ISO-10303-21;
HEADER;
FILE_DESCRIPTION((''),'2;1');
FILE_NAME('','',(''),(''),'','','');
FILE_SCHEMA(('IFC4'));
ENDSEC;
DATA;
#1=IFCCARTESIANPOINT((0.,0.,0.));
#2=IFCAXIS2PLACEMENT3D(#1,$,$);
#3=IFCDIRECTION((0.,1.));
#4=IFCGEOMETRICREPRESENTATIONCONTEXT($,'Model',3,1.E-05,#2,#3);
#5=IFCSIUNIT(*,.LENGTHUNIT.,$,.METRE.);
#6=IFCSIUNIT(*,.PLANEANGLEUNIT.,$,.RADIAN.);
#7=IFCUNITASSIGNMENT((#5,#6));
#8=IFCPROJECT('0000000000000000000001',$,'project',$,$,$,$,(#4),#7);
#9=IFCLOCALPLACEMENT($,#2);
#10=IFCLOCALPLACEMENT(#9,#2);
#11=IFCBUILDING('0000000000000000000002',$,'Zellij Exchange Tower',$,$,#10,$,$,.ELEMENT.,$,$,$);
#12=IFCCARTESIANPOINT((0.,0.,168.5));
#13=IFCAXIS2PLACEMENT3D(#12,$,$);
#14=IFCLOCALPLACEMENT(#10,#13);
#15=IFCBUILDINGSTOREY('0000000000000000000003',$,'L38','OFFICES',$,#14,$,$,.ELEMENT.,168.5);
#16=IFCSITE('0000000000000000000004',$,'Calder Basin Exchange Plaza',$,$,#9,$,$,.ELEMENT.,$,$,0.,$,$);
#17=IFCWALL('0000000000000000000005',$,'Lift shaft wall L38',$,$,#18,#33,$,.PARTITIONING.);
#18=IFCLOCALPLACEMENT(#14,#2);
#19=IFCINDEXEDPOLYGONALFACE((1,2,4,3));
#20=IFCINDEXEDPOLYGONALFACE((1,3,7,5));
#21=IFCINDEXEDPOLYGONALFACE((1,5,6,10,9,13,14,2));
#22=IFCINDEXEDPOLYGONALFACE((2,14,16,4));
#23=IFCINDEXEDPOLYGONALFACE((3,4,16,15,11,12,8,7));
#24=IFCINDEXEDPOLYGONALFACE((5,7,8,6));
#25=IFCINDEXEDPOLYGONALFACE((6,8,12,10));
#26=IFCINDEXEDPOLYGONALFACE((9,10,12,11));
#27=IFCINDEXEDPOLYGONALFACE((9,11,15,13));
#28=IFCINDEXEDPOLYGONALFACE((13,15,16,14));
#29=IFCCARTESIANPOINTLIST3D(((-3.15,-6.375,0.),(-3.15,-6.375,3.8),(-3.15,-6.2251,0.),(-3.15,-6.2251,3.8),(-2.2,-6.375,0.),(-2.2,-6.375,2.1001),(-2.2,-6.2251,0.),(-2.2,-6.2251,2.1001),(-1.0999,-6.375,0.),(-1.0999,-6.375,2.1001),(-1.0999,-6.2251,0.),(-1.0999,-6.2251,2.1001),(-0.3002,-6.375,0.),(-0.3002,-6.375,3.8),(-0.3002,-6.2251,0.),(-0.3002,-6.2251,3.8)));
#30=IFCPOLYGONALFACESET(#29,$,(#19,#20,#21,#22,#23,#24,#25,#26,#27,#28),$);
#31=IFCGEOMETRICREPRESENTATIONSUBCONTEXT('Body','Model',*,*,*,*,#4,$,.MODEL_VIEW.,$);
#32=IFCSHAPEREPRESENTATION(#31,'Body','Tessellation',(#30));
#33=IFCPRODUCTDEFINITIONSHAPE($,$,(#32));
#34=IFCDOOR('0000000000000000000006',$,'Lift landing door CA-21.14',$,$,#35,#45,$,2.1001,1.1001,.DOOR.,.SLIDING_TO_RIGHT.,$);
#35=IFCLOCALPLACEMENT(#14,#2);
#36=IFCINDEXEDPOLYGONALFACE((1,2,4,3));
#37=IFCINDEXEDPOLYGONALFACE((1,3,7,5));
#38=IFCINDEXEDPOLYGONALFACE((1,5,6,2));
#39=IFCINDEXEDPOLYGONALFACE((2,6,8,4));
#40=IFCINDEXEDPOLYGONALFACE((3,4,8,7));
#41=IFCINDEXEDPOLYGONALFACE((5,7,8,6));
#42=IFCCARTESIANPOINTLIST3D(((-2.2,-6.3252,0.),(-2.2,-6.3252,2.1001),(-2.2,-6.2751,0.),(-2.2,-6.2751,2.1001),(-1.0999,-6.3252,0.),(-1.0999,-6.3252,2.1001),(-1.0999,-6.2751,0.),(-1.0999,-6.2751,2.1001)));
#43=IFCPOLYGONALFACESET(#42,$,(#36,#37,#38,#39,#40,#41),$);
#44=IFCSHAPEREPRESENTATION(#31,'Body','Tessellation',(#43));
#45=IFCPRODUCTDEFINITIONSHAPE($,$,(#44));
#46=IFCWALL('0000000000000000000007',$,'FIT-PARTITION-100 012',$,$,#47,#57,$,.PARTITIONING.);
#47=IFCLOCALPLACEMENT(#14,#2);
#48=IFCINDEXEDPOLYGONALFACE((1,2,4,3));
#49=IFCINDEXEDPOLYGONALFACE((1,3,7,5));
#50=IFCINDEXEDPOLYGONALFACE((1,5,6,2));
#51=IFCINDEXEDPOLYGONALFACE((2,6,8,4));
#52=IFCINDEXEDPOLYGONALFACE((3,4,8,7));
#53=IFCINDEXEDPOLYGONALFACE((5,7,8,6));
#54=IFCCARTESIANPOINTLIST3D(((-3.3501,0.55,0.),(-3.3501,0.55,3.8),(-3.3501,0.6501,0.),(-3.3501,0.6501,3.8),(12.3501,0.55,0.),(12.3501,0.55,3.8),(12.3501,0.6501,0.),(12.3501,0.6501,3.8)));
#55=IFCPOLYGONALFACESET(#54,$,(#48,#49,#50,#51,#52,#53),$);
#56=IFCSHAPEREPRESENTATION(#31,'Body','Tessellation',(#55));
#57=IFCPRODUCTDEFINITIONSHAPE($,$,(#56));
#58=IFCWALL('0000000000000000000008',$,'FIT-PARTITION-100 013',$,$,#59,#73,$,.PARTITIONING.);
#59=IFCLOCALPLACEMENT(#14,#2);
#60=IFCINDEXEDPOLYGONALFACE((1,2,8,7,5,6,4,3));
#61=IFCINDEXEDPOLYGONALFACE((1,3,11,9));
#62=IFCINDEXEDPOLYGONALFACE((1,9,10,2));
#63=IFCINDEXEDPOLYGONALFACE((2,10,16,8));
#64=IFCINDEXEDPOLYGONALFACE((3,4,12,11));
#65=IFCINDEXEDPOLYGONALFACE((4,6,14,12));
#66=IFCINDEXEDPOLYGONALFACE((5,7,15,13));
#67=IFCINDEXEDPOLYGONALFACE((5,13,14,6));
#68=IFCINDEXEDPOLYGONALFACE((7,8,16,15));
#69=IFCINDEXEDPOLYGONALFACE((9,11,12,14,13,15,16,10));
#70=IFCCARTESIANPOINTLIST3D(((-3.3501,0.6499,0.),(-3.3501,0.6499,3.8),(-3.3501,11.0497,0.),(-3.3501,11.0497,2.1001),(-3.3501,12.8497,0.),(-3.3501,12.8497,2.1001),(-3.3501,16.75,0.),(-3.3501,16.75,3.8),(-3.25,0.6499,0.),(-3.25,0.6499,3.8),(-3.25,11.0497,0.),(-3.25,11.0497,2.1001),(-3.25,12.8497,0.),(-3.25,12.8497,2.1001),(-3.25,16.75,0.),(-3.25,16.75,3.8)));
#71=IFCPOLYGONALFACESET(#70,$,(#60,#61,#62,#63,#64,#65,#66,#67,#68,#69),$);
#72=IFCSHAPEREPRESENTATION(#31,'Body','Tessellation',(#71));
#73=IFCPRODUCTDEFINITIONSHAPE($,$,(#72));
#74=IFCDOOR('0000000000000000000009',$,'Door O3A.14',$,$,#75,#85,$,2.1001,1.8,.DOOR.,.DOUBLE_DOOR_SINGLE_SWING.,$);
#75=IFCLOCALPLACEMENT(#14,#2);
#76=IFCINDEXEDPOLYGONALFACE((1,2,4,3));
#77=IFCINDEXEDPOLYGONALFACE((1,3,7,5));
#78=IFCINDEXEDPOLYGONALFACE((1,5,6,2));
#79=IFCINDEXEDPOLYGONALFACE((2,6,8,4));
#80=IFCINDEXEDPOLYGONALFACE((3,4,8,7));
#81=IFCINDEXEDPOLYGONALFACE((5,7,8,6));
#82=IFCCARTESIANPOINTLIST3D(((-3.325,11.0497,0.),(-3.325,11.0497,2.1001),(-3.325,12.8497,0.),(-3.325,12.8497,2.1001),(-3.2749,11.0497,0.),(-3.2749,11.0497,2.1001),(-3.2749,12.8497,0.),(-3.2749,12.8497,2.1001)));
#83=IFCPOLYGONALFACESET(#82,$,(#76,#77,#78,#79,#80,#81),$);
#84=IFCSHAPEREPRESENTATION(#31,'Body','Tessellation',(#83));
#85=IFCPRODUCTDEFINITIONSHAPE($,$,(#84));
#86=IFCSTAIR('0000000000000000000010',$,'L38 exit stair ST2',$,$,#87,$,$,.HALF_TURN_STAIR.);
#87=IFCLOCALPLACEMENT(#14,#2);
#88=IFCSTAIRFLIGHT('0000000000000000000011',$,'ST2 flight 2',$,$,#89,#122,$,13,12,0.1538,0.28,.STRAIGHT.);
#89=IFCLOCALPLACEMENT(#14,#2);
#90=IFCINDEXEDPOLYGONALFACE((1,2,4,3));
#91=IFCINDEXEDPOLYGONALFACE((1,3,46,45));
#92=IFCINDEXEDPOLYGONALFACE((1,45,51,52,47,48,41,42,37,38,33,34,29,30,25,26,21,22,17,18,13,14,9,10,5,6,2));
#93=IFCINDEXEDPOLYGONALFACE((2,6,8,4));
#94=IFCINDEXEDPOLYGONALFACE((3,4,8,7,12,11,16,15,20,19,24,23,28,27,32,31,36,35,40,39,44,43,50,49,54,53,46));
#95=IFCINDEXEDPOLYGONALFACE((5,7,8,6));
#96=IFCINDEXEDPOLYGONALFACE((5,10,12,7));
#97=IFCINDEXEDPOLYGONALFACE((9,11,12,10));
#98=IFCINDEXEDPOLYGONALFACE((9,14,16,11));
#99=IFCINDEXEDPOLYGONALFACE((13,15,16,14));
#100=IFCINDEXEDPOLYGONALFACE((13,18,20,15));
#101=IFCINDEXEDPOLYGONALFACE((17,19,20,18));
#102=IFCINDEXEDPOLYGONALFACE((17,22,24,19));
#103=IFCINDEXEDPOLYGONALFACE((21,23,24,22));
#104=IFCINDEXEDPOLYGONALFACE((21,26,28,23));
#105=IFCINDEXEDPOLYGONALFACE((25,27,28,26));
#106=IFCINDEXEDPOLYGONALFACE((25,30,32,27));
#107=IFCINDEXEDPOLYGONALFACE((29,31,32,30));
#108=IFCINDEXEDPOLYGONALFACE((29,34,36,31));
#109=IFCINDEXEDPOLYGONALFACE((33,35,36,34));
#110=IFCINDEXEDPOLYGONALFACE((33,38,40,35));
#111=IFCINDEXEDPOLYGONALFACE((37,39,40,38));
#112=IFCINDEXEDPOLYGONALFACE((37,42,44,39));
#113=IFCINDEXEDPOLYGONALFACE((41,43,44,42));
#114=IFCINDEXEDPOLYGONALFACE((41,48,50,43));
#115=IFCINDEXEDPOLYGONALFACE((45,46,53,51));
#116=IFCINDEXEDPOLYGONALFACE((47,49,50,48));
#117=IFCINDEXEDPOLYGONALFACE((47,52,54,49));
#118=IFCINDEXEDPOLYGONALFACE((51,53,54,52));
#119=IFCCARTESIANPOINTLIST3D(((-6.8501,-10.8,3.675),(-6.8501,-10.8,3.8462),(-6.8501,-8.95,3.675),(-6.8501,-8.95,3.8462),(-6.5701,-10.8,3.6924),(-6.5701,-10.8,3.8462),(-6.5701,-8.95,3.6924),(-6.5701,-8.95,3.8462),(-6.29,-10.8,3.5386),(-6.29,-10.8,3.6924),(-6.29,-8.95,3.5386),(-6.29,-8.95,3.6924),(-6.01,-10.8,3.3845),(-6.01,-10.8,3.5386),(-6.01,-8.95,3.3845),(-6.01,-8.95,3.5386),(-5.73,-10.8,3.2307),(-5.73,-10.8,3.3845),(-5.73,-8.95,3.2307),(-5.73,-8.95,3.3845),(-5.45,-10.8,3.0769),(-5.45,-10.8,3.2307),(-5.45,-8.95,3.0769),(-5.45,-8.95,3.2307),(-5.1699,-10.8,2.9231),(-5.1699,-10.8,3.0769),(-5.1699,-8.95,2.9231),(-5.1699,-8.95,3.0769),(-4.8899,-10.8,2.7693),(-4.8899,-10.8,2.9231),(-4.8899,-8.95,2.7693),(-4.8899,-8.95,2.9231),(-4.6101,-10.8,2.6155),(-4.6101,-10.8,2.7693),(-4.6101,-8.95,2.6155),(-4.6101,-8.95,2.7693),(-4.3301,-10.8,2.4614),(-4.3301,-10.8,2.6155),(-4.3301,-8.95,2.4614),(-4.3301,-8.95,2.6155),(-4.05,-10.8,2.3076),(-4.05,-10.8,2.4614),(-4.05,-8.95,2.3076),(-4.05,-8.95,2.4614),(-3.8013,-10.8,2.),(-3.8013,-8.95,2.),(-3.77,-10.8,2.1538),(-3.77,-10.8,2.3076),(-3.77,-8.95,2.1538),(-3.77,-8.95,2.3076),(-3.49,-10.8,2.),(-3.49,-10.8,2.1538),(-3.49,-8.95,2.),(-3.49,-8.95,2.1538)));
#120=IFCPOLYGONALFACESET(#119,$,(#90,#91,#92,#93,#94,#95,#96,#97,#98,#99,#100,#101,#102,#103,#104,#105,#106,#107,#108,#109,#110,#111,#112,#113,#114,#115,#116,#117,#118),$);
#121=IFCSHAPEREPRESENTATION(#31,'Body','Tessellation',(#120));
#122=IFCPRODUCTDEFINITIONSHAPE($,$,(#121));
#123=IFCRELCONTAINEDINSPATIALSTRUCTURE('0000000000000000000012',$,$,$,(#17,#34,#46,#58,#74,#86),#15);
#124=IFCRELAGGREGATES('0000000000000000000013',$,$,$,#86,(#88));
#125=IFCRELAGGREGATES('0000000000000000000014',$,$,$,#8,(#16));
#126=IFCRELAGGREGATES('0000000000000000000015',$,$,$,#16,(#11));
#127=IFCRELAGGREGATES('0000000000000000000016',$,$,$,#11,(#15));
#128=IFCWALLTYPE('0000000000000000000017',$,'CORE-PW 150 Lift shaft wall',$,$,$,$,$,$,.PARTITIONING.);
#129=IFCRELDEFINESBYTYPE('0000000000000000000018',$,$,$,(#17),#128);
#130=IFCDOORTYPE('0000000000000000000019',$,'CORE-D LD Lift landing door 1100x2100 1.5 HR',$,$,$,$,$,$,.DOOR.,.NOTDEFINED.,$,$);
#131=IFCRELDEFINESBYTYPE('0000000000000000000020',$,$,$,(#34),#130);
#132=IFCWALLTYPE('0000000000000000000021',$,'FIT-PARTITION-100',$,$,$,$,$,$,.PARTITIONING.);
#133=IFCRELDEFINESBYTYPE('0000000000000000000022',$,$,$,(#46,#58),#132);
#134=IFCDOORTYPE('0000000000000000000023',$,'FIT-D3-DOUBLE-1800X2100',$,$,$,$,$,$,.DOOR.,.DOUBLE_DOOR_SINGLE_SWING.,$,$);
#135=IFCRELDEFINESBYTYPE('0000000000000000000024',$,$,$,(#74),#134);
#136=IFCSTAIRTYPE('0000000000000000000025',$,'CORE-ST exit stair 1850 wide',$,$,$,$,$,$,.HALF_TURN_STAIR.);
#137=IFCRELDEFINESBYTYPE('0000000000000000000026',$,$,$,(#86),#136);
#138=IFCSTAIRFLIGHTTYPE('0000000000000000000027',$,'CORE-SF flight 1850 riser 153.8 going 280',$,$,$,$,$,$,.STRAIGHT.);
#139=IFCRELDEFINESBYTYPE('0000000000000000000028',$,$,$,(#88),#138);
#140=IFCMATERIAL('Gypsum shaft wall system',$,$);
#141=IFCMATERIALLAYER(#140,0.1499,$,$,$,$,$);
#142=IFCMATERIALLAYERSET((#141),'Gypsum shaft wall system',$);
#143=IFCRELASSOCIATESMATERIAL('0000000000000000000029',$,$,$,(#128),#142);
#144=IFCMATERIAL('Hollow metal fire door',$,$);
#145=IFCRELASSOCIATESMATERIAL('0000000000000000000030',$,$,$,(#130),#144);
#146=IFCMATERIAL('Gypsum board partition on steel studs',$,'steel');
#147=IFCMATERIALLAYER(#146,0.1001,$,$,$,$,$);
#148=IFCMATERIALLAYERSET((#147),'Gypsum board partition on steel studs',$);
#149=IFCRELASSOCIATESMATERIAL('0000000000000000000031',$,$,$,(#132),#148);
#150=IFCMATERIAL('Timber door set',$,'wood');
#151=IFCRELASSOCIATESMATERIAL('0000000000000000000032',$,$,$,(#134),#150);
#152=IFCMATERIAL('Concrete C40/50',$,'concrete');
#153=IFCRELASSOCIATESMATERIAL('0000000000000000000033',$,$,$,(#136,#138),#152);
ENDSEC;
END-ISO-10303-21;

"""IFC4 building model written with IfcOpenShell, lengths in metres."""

from ifc_helpers import new_model, si_unit, direction, frame, frame_2d, origin, place, context, subcontext, project, spatial, polyline, rectangle, outline, extrude, material, layer, layer_set, type_object, element, fill, aggregate, save


model = new_model("IFC4")

# Units and contexts
model_context = context("Model", 3, precision=1e-05, world=origin(), true_north=direction((0.0, 1.0)))
body_context = subcontext(model_context, "Body", "Model", "MODEL_VIEW")
ifc_project = project(units=[si_unit("LENGTHUNIT", "METRE"), si_unit("PLANEANGLEUNIT", "RADIAN")], contexts=[model_context])

# Site, building, storey
site_placement = place(None, origin())
site = spatial("IfcSite", under=ifc_project, at=site_placement, Name="Calder Basin Exchange Plaza", CompositionType="ELEMENT", RefElevation=0.0)
building_placement = place(site_placement, origin())
building = spatial("IfcBuilding", under=site, at=building_placement, Name="Zellij Exchange Tower", CompositionType="ELEMENT")
storey_placement = place(building_placement, frame((0.0, 0.0, 168.5)))
storey = spatial("IfcBuildingStorey", under=building, at=storey_placement, Name="L38", Description="OFFICES", CompositionType="ELEMENT", Elevation=168.5)

# Shared definitions
ifc_material_1 = material(Name="Concrete C40/50", Category="concrete")

# Shared definitions
ifc_material_2 = material(Name="Gypsum shaft wall system")
ifc_layer_1 = layer(ifc_material_2, 0.1499)
ifc_layer_set_1 = layer_set([ifc_layer_1], Name="Gypsum shaft wall system")
wall_type_1 = type_object("IfcWallType", Name="CORE-PW 150 Lift shaft wall", PredefinedType="PARTITIONING", material=ifc_layer_set_1)

# Wall, opening, door
wall_1_placement = place(storey_placement, frame((-3.1499, -6.3, 0.0), z_axis=(0.0, 0.0, 1.0), x_axis=(1.0, 0.0, 0.0)))
wall_1 = element("IfcWall", 1, at=wall_1_placement, inside=storey, type_object=wall_type_1, Name="Lift shaft wall L38", PredefinedType="PARTITIONING", context=body_context, shape_type="SweptSolid", body=[
    extrude(rectangle(XDim=2.8499, YDim=0.1499, at=frame_2d((1.4248, 0.0))), origin(), (0.0, 0.0, 1.0), 3.8),
])
opening_1_placement = place(wall_1_placement, frame((0.95, 0.0, 0.0)))
opening_1 = element("IfcOpeningElement", 2, at=opening_1_placement, cuts=wall_1, PredefinedType="OPENING", context=body_context, shape_type="SweptSolid", body=[
    extrude(rectangle(XDim=1.1001, YDim=2.1001, at=frame_2d((0.55, 1.05))), frame((0.0, 0.0869, 0.0), z_axis=(0.0, -1.0, 0.0), x_axis=(1.0, 0.0, 0.0)), (0.0, 0.0, 1.0), 0.1738),
])
ifc_material_3 = material(Name="Hollow metal fire door")
door_type_1 = type_object("IfcDoorType", Name="CORE-D LD Lift landing door 1100x2100 1.5 HR", OperationType="NOTDEFINED", PredefinedType="DOOR", material=ifc_material_3)
door_1_placement = place(opening_1_placement, origin())
door_1 = element("IfcDoor", 3, at=door_1_placement, inside=storey, type_object=door_type_1, Name="Lift landing door CA-21.14", OperationType="SLIDING_TO_RIGHT", OverallHeight=2.1001, OverallWidth=1.1001, PredefinedType="DOOR", context=body_context, shape_type="SweptSolid", body=[
    extrude(rectangle(XDim=1.1001, YDim=2.1001, at=frame_2d((0.55, 1.05))), frame((0.0, 0.0249, 0.0), z_axis=(0.0, -1.0, 0.0), x_axis=(1.0, 0.0, 0.0)), (0.0, 0.0, 1.0), 0.05),
])
fill(opening_1, door_1)

# Wall
ifc_material_4 = material(Name="Gypsum board partition on steel studs", Category="steel")
ifc_layer_2 = layer(ifc_material_4, 0.1001)
ifc_layer_set_2 = layer_set([ifc_layer_2], Name="Gypsum board partition on steel studs")
wall_type_2 = type_object("IfcWallType", Name="FIT-PARTITION-100", PredefinedType="PARTITIONING", material=ifc_layer_set_2)
wall_2_placement = place(storey_placement, frame((-3.3501, 0.6001, 0.0), z_axis=(0.0, 0.0, 1.0), x_axis=(1.0, 0.0, 0.0)))
element("IfcWall", 4, at=wall_2_placement, inside=storey, type_object=wall_type_2, Name="FIT-PARTITION-100 012", PredefinedType="PARTITIONING", context=body_context, shape_type="SweptSolid", body=[
    extrude(rectangle(XDim=15.7002, YDim=0.1001, at=frame_2d((7.8501, 0.0))), origin(), (0.0, 0.0, 1.0), 3.8),
])

# Wall, opening, door
wall_3_placement = place(storey_placement, frame((-3.3, 0.6499, 0.0), z_axis=(0.0, 0.0, 1.0), x_axis=(0.0, 1.0, 0.0)))
wall_3 = element("IfcWall", 5, at=wall_3_placement, inside=storey, type_object=wall_type_2, Name="FIT-PARTITION-100 013", PredefinedType="PARTITIONING", context=body_context, shape_type="SweptSolid", body=[
    extrude(rectangle(XDim=16.1001, YDim=0.1001, at=frame_2d((8.05, 0.0))), origin(), (0.0, 0.0, 1.0), 3.8),
])
opening_2_placement = place(wall_3_placement, frame((10.3999, 0.0, 0.0)))
opening_2 = element("IfcOpeningElement", 6, at=opening_2_placement, cuts=wall_3, PredefinedType="OPENING", context=body_context, shape_type="SweptSolid", body=[
    extrude(rectangle(XDim=1.8, YDim=2.1001, at=frame_2d((0.8999, 1.05))), frame((0.0, 0.062, 0.0), z_axis=(0.0, -1.0, 0.0), x_axis=(1.0, 0.0, 0.0)), (0.0, 0.0, 1.0), 0.124),
])
ifc_material_5 = material(Name="Timber door set", Category="wood")
door_type_2 = type_object("IfcDoorType", Name="FIT-D3-DOUBLE-1800X2100", OperationType="DOUBLE_DOOR_SINGLE_SWING", PredefinedType="DOOR", material=ifc_material_5)
door_2_placement = place(opening_2_placement, origin())
door_2 = element("IfcDoor", 7, at=door_2_placement, inside=storey, type_object=door_type_2, Name="Door O3A.14", OperationType="DOUBLE_DOOR_SINGLE_SWING", OverallHeight=2.1001, OverallWidth=1.8, PredefinedType="DOOR", context=body_context, shape_type="SweptSolid", body=[
    extrude(rectangle(XDim=1.8, YDim=2.1001, at=frame_2d((0.8999, 1.05))), frame((0.0, 0.0249, 0.0), z_axis=(0.0, -1.0, 0.0), x_axis=(1.0, 0.0, 0.0)), (0.0, 0.0, 1.0), 0.05),
])
fill(opening_2, door_2)

# Stair, stair flight
stair_type = type_object("IfcStairType", Name="CORE-ST exit stair 1850 wide", PredefinedType="HALF_TURN_STAIR", material=ifc_material_1)
stair_placement = place(storey_placement, origin())
stair = element("IfcStair", 8, at=stair_placement, inside=storey, type_object=stair_type, Name="L38 exit stair ST2", PredefinedType="HALF_TURN_STAIR")
stair_flight_type = type_object("IfcStairFlightType", Name="CORE-SF flight 1850 riser 153.8 going 280", PredefinedType="STRAIGHT", material=ifc_material_1)
stair_flight_placement = place(storey_placement, frame((-3.49, -9.875, 2.0), z_axis=(0.0, 0.0, 1.0), x_axis=(-1.0, 0.0, 0.0)))
stair_flight = element("IfcStairFlight", 9, at=stair_flight_placement, type_object=stair_flight_type, Name="ST2 flight 2", NumberOfRisers=13, NumberOfTreads=12, PredefinedType="STRAIGHT", RiserHeight=0.1538, TreadLength=0.28, context=body_context, shape_type="SweptSolid", body=[
    extrude(outline(polyline([(0.0, 0.0), (0.0, 0.1538), (0.28, 0.1538), (0.28, 0.3076), (0.5601, 0.3076), (0.5601, 0.4614), (0.8401, 0.4614), (0.8401, 0.6155), (1.1201, 0.6155), (1.1201, 0.7693), (1.3999, 0.7693), (1.3999, 0.9231), (1.6799, 0.9231), (1.6799, 1.0769), (1.96, 1.0769), (1.96, 1.2307), (2.24, 1.2307), (2.24, 1.3845), (2.52, 1.3845), (2.52, 1.5386), (2.8, 1.5386), (2.8, 1.6924), (3.0801, 1.6924), (3.0801, 1.8462), (3.3601, 1.8462), (3.3601, 2.0), (3.3601, 1.675), (0.3113, 0.0), (0.0, 0.0)])), frame((0.0, 0.925, 0.0), z_axis=(0.0, -1.0, 0.0), x_axis=(1.0, 0.0, 0.0)), (0.0, 0.0, 1.0), 1.8501),
])
aggregate(stair, [stair_flight])

save(model, "model.ifc")
